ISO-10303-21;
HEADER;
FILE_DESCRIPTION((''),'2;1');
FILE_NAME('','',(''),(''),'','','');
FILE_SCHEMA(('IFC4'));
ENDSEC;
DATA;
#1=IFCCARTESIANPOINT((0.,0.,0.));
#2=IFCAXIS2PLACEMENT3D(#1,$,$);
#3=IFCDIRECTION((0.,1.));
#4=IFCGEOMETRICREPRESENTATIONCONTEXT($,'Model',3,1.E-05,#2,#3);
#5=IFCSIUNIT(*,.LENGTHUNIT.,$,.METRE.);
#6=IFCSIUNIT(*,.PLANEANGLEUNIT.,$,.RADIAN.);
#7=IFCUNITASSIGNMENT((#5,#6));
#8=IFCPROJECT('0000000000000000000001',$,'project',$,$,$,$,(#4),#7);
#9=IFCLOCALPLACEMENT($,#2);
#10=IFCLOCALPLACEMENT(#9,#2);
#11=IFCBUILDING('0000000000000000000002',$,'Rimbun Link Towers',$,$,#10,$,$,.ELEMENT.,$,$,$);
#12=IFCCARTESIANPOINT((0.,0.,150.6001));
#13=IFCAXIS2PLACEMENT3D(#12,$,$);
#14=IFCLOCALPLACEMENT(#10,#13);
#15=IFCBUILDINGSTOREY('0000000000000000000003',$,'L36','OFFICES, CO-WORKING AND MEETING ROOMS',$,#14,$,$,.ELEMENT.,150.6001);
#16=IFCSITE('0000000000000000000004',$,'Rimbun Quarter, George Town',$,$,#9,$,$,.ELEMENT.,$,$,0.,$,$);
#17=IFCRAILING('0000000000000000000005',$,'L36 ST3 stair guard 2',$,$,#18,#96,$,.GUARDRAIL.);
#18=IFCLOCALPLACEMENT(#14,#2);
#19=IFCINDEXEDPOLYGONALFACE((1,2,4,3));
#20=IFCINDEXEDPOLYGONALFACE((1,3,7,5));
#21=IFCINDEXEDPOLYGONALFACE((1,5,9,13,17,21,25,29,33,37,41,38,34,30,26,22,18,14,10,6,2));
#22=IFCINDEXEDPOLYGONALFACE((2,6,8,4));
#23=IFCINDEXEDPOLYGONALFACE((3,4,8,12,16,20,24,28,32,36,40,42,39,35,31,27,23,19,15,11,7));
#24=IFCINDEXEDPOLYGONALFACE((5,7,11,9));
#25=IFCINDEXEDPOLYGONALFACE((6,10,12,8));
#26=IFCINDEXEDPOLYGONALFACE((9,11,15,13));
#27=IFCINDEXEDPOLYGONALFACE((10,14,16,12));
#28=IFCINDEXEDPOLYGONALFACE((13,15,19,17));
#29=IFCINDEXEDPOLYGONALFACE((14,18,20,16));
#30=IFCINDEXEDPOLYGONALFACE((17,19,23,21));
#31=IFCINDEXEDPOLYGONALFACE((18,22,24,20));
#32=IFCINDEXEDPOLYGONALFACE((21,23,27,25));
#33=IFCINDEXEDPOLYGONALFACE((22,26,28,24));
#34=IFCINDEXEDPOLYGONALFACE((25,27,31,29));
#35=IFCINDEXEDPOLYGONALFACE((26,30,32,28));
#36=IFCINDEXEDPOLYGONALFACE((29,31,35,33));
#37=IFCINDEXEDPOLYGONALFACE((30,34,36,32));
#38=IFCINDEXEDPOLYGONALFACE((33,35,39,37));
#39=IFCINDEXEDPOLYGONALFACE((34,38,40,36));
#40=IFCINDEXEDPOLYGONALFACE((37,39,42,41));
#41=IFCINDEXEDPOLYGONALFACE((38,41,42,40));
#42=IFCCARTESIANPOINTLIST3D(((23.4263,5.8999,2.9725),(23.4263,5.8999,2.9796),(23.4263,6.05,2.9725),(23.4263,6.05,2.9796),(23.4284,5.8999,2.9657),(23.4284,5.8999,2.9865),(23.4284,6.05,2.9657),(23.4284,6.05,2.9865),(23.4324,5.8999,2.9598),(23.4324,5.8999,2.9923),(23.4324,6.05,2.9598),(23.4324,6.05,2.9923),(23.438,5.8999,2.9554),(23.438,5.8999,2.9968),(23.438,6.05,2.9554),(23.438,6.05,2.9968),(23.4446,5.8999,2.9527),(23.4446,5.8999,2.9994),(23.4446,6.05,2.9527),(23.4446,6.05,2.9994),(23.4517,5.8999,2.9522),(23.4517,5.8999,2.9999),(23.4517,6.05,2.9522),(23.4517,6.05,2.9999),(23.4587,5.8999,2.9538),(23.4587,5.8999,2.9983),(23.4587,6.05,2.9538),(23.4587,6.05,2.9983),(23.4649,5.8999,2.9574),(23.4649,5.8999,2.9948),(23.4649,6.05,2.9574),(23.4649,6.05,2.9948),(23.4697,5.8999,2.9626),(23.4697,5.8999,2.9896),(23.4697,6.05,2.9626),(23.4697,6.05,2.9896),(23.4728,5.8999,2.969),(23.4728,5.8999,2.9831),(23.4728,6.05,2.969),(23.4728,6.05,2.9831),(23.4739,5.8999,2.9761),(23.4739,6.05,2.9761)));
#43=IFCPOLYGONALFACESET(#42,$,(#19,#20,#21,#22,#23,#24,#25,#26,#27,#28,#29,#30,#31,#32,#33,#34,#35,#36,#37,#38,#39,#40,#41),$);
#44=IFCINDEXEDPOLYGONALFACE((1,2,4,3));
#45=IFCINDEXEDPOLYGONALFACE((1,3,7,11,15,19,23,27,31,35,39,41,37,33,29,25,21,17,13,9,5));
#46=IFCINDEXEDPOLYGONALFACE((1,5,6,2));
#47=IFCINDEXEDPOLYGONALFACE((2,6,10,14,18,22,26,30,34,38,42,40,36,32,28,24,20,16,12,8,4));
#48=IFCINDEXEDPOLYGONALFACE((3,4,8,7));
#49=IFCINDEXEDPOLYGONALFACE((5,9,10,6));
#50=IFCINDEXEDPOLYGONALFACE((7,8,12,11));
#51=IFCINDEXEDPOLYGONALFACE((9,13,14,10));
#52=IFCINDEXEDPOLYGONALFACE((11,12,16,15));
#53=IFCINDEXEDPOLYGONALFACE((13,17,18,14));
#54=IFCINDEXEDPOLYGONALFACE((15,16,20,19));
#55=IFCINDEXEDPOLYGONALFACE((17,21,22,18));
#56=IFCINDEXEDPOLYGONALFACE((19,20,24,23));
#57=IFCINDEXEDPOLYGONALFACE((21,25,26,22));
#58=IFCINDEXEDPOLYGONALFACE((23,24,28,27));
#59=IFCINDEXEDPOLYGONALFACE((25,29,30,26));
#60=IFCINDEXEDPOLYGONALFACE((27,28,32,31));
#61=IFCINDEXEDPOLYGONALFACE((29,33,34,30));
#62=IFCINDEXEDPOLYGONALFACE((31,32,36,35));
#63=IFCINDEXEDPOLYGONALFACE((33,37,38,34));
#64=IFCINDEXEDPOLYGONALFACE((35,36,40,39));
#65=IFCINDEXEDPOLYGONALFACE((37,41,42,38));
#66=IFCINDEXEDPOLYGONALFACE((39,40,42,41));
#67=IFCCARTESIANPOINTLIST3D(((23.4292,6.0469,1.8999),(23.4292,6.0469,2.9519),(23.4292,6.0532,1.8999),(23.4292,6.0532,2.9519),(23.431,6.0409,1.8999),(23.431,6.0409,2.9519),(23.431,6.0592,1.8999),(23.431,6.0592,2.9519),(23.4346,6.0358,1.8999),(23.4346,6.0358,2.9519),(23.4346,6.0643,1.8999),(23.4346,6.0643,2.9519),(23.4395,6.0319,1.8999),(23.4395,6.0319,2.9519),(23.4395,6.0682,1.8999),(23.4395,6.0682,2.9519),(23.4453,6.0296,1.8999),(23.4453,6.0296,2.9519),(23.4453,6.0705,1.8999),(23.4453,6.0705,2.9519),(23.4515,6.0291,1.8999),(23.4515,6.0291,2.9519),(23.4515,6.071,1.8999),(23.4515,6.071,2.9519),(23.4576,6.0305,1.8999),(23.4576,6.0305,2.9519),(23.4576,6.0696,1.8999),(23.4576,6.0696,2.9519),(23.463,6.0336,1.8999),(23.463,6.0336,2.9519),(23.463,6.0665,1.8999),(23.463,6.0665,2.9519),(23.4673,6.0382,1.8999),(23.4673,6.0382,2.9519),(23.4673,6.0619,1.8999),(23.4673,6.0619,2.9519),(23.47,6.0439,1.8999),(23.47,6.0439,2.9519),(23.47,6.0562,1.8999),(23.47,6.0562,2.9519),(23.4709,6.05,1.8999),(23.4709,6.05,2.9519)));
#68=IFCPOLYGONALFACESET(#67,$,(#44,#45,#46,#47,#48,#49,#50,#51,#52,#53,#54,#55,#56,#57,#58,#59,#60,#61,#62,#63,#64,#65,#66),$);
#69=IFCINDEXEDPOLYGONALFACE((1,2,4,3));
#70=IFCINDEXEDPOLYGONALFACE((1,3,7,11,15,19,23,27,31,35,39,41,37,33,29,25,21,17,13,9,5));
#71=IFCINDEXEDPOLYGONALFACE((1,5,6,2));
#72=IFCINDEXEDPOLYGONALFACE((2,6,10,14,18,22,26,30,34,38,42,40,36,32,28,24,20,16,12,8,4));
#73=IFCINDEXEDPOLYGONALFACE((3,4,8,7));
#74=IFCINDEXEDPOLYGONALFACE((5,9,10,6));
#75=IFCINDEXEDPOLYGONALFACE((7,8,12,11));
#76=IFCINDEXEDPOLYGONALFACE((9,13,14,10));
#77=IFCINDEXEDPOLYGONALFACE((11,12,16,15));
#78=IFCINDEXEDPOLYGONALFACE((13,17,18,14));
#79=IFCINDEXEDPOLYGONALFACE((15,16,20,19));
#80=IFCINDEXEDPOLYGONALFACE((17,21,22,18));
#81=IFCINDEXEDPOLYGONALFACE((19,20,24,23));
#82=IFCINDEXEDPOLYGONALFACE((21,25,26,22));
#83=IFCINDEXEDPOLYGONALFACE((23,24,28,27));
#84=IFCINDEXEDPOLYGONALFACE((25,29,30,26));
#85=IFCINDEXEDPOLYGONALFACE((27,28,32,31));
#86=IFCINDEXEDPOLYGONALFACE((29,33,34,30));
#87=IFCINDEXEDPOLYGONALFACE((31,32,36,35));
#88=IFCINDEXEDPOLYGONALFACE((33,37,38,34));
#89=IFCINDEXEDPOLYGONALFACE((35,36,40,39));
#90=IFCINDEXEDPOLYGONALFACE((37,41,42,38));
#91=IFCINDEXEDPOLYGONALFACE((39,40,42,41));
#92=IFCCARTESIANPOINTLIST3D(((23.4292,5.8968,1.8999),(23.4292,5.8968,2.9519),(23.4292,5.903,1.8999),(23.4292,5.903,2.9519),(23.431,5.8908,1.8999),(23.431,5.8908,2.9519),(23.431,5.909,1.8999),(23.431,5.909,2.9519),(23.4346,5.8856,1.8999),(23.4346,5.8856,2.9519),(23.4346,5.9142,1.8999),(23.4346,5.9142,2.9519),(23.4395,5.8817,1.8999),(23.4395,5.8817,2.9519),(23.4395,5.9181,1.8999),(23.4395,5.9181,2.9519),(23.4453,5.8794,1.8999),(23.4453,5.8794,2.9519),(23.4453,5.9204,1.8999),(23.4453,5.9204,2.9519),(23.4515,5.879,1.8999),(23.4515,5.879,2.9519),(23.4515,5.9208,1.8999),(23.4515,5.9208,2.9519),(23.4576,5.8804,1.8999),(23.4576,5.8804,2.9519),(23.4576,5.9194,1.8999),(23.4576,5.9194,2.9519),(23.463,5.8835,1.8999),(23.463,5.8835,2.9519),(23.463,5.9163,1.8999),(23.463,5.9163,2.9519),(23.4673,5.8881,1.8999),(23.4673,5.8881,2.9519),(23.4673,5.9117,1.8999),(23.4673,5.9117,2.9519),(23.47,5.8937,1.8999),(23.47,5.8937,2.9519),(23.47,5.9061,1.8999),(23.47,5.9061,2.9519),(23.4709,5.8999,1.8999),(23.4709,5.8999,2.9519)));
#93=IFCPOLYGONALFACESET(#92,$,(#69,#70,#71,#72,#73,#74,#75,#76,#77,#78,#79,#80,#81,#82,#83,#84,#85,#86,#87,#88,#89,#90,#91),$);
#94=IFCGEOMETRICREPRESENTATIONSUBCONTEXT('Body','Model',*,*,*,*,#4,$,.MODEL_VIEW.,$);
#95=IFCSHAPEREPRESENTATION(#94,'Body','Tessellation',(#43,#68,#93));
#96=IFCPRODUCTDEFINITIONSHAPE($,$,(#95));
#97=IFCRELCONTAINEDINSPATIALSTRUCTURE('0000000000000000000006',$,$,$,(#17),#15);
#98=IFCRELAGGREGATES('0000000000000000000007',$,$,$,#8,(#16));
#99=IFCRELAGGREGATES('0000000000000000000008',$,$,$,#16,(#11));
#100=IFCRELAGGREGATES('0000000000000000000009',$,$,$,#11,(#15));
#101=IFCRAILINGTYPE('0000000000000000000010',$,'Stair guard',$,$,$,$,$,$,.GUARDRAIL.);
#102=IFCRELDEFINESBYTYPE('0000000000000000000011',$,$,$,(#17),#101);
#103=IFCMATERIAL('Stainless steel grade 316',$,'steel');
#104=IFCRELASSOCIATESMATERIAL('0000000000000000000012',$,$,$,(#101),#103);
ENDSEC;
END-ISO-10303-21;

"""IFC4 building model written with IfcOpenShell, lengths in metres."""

from ifc_helpers import new_model, si_unit, direction, frame, origin, origin_2d, place, context, subcontext, project, spatial, circle, extrude, material, type_object, element, save


model = new_model("IFC4")

# Units and contexts
model_context = context("Model", 3, precision=1e-05, world=origin(), true_north=direction((0.0, 1.0)))
body_context = subcontext(model_context, "Body", "Model", "MODEL_VIEW")
ifc_project = project(units=[si_unit("LENGTHUNIT", "METRE"), si_unit("PLANEANGLEUNIT", "RADIAN")], contexts=[model_context])

# Site, building, storey
site_placement = place(None, origin())
site = spatial("IfcSite", under=ifc_project, at=site_placement, Name="Rimbun Quarter, George Town", CompositionType="ELEMENT", RefElevation=0.0)
building_placement = place(site_placement, origin())
building = spatial("IfcBuilding", under=site, at=building_placement, Name="Rimbun Link Towers", CompositionType="ELEMENT")
storey_placement = place(building_placement, frame((0.0, 0.0, 150.6001)))
storey = spatial("IfcBuildingStorey", under=building, at=storey_placement, Name="L36", Description="OFFICES, CO-WORKING AND MEETING ROOMS", CompositionType="ELEMENT", Elevation=150.6001)

# Railing
ifc_material_1 = material(Name="Stainless steel grade 316", Category="steel")
railing_type_1 = type_object("IfcRailingType", Name="Stair guard", PredefinedType="GUARDRAIL", material=ifc_material_1)
railing_1_placement = place(storey_placement, frame((23.45, 6.05, 1.8999)))
element("IfcRailing", 1, at=railing_1_placement, inside=storey, type_object=railing_type_1, Name="L36 ST3 stair guard 2", PredefinedType="GUARDRAIL", context=body_context, shape_type="SweptSolid", body=[
    extrude(circle(Radius=0.0239, at=origin_2d()), frame((0.0, 0.0, 1.0762), z_axis=(0.0, -1.0, 0.0), x_axis=(1.0, 0.0, 0.0)), (0.0, 0.0, 1.0), 0.1501),
    extrude(circle(Radius=0.021, at=origin_2d()), origin(), (0.0, 0.0, 1.0), 1.052),
    extrude(circle(Radius=0.021, at=origin_2d()), frame((0.0, -0.1501, 0.0)), (0.0, 0.0, 1.0), 1.052),
])

save(model, "model.ifc")
